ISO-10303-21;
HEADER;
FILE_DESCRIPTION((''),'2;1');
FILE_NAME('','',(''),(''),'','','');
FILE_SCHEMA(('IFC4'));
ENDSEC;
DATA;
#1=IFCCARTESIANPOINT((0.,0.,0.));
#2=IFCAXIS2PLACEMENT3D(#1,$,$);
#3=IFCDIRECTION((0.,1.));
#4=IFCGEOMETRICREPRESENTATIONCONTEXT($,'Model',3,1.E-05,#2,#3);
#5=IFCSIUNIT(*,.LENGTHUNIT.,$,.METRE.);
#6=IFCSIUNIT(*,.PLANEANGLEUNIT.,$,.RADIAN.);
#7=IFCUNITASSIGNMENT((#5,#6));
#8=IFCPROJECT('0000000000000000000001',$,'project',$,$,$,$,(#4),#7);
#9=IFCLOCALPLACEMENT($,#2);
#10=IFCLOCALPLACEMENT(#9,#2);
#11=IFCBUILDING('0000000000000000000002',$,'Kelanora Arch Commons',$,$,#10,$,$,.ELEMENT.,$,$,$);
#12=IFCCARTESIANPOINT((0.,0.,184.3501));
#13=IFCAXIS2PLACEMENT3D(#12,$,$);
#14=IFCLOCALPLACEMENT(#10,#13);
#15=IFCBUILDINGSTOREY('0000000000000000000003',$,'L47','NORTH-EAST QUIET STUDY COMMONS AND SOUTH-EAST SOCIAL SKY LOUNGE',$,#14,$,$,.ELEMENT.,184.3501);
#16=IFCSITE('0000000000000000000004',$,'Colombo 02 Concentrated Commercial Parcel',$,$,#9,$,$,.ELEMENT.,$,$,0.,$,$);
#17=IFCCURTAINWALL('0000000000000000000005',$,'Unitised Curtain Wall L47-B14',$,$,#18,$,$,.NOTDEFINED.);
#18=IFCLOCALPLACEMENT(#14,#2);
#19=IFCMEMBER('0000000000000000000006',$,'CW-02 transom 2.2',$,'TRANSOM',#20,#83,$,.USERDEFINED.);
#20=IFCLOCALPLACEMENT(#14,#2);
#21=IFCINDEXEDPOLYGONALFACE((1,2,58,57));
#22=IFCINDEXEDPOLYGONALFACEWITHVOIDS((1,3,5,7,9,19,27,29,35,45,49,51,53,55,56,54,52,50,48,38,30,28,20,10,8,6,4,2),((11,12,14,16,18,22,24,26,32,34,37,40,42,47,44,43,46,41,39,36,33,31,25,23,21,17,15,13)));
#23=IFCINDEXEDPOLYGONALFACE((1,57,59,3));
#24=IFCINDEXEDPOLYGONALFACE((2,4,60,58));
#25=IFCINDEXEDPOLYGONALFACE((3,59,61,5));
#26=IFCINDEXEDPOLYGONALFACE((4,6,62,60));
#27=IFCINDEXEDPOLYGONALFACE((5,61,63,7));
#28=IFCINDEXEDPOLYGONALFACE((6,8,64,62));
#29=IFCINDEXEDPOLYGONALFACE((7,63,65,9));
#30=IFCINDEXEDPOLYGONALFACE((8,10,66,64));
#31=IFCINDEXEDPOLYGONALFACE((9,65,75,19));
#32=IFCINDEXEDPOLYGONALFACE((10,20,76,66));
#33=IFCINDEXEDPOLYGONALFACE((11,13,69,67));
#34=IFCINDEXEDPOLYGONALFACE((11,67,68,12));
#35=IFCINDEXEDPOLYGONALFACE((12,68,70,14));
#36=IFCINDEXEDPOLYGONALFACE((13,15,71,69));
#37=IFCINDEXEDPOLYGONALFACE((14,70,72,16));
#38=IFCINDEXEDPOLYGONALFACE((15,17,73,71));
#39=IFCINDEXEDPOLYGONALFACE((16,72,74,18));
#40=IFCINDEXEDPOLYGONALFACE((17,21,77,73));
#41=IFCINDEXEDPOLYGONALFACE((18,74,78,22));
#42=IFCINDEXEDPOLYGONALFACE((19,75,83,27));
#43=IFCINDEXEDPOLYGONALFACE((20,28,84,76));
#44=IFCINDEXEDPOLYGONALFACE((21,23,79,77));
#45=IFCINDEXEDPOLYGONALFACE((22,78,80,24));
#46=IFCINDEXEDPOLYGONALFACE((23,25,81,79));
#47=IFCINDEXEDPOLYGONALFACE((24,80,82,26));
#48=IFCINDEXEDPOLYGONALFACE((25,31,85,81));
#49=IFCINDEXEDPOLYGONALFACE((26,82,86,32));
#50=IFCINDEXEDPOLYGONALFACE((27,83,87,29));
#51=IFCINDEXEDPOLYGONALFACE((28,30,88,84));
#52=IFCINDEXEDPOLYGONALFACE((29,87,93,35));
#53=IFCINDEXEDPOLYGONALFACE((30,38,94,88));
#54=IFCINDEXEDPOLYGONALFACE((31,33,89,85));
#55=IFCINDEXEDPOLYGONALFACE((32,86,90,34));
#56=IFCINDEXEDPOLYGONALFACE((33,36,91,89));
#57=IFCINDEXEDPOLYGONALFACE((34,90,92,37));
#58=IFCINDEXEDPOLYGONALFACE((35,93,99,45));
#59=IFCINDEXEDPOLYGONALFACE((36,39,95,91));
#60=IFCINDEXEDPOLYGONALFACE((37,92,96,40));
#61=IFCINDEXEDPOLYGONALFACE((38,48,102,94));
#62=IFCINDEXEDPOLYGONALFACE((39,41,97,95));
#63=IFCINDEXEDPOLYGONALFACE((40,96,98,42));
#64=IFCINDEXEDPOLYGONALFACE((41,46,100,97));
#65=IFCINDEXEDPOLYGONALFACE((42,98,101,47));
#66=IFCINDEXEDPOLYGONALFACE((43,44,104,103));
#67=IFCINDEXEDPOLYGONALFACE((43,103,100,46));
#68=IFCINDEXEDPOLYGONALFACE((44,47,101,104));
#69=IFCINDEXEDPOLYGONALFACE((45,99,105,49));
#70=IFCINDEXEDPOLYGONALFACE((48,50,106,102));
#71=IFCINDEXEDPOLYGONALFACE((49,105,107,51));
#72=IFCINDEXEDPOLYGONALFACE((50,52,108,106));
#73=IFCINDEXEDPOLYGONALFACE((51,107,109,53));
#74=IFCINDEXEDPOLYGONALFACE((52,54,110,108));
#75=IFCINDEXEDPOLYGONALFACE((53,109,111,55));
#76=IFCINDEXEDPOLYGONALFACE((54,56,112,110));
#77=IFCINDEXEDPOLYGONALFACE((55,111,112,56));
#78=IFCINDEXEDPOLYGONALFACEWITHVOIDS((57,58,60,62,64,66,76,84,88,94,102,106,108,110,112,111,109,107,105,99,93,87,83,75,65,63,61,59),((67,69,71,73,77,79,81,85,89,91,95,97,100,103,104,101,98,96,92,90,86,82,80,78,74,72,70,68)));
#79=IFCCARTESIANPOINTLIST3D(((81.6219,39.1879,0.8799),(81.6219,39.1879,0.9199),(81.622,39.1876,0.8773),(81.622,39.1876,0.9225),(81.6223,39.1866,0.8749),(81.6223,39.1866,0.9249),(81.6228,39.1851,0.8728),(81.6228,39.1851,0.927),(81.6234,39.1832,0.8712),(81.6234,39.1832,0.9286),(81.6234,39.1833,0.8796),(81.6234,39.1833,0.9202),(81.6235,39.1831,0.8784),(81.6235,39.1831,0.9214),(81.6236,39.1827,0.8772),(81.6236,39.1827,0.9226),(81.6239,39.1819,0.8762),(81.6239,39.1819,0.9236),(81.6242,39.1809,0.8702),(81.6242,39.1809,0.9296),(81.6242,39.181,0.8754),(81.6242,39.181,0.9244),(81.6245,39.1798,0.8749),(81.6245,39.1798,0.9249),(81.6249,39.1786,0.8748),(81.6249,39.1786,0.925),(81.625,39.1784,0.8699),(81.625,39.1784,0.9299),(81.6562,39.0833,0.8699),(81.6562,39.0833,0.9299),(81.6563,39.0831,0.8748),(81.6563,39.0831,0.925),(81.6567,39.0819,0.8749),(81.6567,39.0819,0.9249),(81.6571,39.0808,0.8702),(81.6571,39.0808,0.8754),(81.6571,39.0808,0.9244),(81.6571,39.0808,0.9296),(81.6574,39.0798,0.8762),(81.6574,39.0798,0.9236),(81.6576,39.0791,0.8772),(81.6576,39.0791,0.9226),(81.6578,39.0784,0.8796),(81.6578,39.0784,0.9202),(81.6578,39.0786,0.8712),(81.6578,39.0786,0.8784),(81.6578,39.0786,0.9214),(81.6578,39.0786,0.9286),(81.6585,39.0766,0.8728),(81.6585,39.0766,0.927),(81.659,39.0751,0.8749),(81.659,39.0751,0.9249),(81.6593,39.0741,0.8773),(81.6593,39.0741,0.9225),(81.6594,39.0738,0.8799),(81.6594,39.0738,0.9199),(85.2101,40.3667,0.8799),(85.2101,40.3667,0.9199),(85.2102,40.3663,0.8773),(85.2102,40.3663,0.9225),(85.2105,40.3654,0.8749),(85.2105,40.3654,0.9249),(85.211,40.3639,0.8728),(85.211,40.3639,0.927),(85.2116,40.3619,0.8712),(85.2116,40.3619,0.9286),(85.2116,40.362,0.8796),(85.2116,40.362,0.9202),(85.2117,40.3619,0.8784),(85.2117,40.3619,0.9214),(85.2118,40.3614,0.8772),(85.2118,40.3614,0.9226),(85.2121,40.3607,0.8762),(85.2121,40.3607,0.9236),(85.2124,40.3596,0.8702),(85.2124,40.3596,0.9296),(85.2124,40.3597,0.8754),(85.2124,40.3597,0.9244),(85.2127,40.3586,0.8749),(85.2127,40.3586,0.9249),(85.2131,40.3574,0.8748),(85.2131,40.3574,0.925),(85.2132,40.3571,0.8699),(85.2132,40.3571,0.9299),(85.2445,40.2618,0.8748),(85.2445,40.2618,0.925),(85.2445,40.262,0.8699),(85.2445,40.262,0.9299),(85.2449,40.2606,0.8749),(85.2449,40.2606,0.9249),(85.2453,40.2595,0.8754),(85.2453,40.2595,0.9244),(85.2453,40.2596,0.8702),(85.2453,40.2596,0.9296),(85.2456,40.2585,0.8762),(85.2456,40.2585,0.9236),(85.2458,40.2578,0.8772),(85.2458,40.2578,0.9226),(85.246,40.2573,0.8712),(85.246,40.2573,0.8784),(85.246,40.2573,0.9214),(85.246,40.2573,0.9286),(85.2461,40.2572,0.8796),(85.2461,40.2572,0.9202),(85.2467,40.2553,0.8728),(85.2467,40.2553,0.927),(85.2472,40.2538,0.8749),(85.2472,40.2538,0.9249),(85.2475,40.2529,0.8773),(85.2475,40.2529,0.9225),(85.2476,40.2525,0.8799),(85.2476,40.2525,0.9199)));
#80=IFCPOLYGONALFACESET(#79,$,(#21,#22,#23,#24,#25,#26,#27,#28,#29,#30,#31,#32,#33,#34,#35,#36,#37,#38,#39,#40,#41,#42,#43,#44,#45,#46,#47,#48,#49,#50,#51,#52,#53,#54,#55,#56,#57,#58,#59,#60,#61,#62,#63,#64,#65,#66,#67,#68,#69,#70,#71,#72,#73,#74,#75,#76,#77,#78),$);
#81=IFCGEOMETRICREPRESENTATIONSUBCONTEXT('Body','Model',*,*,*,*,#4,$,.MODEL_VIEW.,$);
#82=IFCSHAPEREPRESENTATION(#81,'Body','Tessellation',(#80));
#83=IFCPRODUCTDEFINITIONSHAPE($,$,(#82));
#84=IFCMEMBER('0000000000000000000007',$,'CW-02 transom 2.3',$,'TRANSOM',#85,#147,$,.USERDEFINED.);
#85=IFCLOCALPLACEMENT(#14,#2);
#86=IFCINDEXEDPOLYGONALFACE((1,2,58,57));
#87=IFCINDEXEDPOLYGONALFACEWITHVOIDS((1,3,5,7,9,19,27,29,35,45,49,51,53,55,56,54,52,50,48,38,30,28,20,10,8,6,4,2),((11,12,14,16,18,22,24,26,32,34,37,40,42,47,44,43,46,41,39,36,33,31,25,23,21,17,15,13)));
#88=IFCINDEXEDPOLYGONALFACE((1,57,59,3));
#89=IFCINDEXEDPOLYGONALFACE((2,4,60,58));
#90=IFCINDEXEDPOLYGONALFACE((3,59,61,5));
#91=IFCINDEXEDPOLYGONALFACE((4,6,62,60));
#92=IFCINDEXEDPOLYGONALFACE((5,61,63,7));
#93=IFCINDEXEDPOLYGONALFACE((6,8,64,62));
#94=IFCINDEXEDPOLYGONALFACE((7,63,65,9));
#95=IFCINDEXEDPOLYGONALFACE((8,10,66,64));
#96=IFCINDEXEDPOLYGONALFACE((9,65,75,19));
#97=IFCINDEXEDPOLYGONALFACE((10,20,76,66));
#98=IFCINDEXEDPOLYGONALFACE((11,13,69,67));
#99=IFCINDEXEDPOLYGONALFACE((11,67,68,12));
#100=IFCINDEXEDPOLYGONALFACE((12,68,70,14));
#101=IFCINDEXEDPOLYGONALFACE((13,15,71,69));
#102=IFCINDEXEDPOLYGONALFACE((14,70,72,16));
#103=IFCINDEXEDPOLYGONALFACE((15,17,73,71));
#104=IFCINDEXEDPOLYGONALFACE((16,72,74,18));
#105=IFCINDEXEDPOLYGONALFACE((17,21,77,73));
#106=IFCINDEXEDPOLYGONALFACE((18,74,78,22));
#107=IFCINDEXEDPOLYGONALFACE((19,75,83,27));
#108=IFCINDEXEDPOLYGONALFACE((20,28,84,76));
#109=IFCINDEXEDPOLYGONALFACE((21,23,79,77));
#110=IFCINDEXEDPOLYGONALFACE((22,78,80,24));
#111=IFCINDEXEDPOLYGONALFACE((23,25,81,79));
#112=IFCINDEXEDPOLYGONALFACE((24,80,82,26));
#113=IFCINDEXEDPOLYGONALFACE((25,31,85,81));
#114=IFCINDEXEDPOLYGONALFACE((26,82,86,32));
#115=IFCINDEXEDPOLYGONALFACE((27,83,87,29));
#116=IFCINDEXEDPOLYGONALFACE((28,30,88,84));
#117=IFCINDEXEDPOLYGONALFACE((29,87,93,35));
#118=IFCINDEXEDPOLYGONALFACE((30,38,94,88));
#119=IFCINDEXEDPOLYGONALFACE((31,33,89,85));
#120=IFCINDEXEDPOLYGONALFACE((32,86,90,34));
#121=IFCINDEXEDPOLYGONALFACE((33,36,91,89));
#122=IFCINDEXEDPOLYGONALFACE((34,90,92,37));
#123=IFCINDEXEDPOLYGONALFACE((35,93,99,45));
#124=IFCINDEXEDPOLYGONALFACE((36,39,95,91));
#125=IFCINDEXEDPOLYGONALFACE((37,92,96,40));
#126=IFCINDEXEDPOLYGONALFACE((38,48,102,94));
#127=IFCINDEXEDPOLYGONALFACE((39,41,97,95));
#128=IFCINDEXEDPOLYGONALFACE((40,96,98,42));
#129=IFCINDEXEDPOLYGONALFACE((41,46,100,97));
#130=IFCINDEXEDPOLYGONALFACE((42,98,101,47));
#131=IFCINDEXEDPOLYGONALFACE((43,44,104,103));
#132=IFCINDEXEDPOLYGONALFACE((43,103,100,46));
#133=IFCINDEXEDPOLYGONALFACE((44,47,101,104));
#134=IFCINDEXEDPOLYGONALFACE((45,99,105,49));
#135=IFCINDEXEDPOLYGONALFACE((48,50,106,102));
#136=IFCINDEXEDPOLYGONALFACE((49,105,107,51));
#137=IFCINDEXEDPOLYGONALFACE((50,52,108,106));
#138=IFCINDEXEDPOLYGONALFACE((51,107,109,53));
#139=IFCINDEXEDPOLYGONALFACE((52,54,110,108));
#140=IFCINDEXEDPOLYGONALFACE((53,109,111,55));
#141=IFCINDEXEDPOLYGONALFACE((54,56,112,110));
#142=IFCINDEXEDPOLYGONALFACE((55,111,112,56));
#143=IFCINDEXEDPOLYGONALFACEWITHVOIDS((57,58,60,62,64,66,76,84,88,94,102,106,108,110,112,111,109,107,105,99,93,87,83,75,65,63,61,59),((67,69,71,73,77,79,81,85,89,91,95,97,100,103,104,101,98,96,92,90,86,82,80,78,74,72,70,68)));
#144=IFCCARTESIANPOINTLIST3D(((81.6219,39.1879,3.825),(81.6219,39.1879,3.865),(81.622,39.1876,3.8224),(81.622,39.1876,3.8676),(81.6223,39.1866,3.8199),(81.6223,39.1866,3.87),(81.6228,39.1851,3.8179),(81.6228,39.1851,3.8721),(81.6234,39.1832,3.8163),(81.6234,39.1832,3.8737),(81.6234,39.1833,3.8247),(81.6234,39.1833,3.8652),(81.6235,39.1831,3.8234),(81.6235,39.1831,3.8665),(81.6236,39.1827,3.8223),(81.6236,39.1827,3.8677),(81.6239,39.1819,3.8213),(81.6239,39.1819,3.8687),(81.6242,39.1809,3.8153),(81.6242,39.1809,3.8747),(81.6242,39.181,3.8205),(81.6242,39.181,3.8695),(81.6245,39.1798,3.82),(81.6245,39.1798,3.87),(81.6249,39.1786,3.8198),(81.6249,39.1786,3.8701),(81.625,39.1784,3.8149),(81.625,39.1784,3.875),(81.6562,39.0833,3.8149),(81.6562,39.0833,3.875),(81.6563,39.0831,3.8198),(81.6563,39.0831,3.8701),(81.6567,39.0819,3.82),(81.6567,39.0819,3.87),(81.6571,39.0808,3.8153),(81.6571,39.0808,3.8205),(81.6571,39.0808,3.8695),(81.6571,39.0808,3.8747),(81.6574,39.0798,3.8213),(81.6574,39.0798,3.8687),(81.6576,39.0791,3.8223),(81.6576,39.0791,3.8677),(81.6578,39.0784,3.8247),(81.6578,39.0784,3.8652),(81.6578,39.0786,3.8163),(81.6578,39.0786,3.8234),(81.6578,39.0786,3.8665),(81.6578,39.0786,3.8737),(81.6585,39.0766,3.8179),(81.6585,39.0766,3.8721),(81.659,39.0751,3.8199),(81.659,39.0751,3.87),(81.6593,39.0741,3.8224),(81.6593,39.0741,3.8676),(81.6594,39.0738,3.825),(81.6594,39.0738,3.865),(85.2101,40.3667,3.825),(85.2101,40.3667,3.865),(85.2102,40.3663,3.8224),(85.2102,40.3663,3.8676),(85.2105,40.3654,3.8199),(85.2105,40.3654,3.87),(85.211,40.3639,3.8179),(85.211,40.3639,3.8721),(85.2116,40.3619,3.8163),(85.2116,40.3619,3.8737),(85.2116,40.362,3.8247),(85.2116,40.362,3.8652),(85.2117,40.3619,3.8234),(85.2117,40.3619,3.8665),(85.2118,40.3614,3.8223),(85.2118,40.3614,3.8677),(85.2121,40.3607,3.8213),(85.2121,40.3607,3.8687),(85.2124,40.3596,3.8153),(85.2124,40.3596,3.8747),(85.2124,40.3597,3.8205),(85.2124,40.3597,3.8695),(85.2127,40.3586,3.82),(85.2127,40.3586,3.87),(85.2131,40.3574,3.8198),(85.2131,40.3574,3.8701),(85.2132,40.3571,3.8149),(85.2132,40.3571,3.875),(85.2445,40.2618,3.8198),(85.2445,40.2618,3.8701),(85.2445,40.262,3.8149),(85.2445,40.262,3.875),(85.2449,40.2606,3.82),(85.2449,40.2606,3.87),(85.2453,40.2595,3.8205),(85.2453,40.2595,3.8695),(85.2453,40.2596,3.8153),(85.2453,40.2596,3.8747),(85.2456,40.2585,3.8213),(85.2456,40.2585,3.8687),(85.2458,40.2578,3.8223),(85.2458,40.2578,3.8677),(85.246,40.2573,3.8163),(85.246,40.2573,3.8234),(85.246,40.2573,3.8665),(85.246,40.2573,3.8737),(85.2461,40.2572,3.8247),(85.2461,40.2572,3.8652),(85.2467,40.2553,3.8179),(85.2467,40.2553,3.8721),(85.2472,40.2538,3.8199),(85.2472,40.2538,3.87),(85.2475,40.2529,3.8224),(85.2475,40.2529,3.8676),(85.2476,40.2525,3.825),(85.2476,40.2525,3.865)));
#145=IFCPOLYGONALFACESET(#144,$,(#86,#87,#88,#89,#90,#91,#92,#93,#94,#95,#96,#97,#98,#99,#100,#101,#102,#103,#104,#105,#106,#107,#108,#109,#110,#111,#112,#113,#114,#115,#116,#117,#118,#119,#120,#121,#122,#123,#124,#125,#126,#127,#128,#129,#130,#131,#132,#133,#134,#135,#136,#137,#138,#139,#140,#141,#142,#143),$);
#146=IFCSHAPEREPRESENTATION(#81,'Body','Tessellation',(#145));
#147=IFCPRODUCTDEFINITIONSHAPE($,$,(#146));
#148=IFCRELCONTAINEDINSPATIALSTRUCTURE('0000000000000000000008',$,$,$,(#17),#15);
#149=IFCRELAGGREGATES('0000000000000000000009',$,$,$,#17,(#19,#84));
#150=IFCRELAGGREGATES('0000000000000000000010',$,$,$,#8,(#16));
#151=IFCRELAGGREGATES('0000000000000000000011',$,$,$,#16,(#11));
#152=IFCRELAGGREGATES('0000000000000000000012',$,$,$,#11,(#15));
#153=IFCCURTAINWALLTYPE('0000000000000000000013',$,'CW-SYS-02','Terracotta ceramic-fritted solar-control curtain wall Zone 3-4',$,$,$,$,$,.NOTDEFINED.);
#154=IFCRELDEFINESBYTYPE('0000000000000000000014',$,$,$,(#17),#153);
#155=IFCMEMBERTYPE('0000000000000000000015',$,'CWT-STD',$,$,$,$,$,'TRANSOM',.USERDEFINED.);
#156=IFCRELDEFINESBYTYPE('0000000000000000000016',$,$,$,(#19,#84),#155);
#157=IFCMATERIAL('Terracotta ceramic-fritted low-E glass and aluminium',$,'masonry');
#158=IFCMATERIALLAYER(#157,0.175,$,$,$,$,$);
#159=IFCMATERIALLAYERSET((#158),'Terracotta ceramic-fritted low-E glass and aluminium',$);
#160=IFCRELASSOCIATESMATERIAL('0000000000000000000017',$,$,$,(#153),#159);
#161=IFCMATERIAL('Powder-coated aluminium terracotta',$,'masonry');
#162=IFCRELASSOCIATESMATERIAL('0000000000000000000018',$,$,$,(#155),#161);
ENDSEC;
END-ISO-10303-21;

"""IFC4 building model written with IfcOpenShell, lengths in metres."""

from ifc_helpers import new_model, si_unit, direction, frame, origin, origin_2d, place, context, subcontext, project, spatial, hollow_rectangle, extrude, material, layer, layer_set, material_profile, profile_set, type_object, element, aggregate, save


model = new_model("IFC4")

# Units and contexts
model_context = context("Model", 3, precision=1e-05, world=origin(), true_north=direction((0.0, 1.0)))
body_context = subcontext(model_context, "Body", "Model", "MODEL_VIEW")
ifc_project = project(units=[si_unit("LENGTHUNIT", "METRE"), si_unit("PLANEANGLEUNIT", "RADIAN")], contexts=[model_context])

# Site, building, storey
site_placement = place(None, origin())
site = spatial("IfcSite", under=ifc_project, at=site_placement, Name="Colombo 02 Concentrated Commercial Parcel", CompositionType="ELEMENT", RefElevation=0.0)
building_placement = place(site_placement, origin())
building = spatial("IfcBuilding", under=site, at=building_placement, Name="Kelanora Arch Commons", CompositionType="ELEMENT")
storey_placement = place(building_placement, frame((0.0, 0.0, 184.3501)))
storey = spatial("IfcBuildingStorey", under=building, at=storey_placement, Name="L47", Description="NORTH-EAST QUIET STUDY COMMONS AND SOUTH-EAST SOCIAL SKY LOUNGE", CompositionType="ELEMENT", Elevation=184.3501)

# Curtain wall, members
ifc_material_1 = material(Name="Terracotta ceramic-fritted low-E glass and aluminium", Category="masonry")
ifc_layer_1 = layer(ifc_material_1, 0.175)
ifc_layer_set_1 = layer_set([ifc_layer_1], Name="Terracotta ceramic-fritted low-E glass and aluminium")
curtain_wall_type = type_object("IfcCurtainWallType", Name="CW-SYS-02", Description="Terracotta ceramic-fritted solar-control curtain wall Zone 3-4", PredefinedType="NOTDEFINED", material=ifc_layer_set_1)
curtain_wall_placement = place(storey_placement, origin())
curtain_wall = element("IfcCurtainWall", 1, at=curtain_wall_placement, inside=storey, type_object=curtain_wall_type, Name="Unitised Curtain Wall L47-B14", PredefinedType="NOTDEFINED")
ifc_material_2 = material(Name="Powder-coated aluminium terracotta", Category="masonry")
ifc_material_profile_1 = material_profile(ifc_material_2, hollow_rectangle(XDim=0.1201, YDim=0.0601, WallThickness=0.0049, InnerFilletRadius=0.0049, OuterFilletRadius=0.01, at=origin_2d()), Name="CWT120x60")
ifc_profile_set_1 = profile_set([ifc_material_profile_1], Name="Powder-coated aluminium terracotta")
member_type_1 = type_object("IfcMemberType", Name="CWT-STD", ElementType="TRANSOM", PredefinedType="USERDEFINED", material=ifc_profile_set_1)
member_1_placement = place(storey_placement, frame((81.6406, 39.1309, 0.8999), z_axis=(0.950051, 0.312094, 0.0), x_axis=(-0.312094, 0.950051, 0.0)))
member_1 = element("IfcMember", 2, at=member_1_placement, type_object=member_type_1, Name="CW-02 transom 2.2", ObjectType="TRANSOM", PredefinedType="USERDEFINED", context=body_context, shape_type="SweptSolid", body=[
    extrude(hollow_rectangle(XDim=0.1201, YDim=0.0601, WallThickness=0.0049, InnerFilletRadius=0.0049, OuterFilletRadius=0.01, at=origin_2d()), origin(), (0.0, 0.0, 1.0), 3.7769),
])
member_2_placement = place(storey_placement, frame((81.6406, 39.1309, 3.845), z_axis=(0.950051, 0.312094, 0.0), x_axis=(-0.312094, 0.950051, 0.0)))
member_2 = element("IfcMember", 3, at=member_2_placement, type_object=member_type_1, Name="CW-02 transom 2.3", ObjectType="TRANSOM", PredefinedType="USERDEFINED", context=body_context, shape_type="SweptSolid", body=[
    extrude(hollow_rectangle(XDim=0.1201, YDim=0.0601, WallThickness=0.0049, InnerFilletRadius=0.0049, OuterFilletRadius=0.01, at=origin_2d()), origin(), (0.0, 0.0, 1.0), 3.7769),
])
aggregate(curtain_wall, [member_1, member_2])

save(model, "model.ifc")
